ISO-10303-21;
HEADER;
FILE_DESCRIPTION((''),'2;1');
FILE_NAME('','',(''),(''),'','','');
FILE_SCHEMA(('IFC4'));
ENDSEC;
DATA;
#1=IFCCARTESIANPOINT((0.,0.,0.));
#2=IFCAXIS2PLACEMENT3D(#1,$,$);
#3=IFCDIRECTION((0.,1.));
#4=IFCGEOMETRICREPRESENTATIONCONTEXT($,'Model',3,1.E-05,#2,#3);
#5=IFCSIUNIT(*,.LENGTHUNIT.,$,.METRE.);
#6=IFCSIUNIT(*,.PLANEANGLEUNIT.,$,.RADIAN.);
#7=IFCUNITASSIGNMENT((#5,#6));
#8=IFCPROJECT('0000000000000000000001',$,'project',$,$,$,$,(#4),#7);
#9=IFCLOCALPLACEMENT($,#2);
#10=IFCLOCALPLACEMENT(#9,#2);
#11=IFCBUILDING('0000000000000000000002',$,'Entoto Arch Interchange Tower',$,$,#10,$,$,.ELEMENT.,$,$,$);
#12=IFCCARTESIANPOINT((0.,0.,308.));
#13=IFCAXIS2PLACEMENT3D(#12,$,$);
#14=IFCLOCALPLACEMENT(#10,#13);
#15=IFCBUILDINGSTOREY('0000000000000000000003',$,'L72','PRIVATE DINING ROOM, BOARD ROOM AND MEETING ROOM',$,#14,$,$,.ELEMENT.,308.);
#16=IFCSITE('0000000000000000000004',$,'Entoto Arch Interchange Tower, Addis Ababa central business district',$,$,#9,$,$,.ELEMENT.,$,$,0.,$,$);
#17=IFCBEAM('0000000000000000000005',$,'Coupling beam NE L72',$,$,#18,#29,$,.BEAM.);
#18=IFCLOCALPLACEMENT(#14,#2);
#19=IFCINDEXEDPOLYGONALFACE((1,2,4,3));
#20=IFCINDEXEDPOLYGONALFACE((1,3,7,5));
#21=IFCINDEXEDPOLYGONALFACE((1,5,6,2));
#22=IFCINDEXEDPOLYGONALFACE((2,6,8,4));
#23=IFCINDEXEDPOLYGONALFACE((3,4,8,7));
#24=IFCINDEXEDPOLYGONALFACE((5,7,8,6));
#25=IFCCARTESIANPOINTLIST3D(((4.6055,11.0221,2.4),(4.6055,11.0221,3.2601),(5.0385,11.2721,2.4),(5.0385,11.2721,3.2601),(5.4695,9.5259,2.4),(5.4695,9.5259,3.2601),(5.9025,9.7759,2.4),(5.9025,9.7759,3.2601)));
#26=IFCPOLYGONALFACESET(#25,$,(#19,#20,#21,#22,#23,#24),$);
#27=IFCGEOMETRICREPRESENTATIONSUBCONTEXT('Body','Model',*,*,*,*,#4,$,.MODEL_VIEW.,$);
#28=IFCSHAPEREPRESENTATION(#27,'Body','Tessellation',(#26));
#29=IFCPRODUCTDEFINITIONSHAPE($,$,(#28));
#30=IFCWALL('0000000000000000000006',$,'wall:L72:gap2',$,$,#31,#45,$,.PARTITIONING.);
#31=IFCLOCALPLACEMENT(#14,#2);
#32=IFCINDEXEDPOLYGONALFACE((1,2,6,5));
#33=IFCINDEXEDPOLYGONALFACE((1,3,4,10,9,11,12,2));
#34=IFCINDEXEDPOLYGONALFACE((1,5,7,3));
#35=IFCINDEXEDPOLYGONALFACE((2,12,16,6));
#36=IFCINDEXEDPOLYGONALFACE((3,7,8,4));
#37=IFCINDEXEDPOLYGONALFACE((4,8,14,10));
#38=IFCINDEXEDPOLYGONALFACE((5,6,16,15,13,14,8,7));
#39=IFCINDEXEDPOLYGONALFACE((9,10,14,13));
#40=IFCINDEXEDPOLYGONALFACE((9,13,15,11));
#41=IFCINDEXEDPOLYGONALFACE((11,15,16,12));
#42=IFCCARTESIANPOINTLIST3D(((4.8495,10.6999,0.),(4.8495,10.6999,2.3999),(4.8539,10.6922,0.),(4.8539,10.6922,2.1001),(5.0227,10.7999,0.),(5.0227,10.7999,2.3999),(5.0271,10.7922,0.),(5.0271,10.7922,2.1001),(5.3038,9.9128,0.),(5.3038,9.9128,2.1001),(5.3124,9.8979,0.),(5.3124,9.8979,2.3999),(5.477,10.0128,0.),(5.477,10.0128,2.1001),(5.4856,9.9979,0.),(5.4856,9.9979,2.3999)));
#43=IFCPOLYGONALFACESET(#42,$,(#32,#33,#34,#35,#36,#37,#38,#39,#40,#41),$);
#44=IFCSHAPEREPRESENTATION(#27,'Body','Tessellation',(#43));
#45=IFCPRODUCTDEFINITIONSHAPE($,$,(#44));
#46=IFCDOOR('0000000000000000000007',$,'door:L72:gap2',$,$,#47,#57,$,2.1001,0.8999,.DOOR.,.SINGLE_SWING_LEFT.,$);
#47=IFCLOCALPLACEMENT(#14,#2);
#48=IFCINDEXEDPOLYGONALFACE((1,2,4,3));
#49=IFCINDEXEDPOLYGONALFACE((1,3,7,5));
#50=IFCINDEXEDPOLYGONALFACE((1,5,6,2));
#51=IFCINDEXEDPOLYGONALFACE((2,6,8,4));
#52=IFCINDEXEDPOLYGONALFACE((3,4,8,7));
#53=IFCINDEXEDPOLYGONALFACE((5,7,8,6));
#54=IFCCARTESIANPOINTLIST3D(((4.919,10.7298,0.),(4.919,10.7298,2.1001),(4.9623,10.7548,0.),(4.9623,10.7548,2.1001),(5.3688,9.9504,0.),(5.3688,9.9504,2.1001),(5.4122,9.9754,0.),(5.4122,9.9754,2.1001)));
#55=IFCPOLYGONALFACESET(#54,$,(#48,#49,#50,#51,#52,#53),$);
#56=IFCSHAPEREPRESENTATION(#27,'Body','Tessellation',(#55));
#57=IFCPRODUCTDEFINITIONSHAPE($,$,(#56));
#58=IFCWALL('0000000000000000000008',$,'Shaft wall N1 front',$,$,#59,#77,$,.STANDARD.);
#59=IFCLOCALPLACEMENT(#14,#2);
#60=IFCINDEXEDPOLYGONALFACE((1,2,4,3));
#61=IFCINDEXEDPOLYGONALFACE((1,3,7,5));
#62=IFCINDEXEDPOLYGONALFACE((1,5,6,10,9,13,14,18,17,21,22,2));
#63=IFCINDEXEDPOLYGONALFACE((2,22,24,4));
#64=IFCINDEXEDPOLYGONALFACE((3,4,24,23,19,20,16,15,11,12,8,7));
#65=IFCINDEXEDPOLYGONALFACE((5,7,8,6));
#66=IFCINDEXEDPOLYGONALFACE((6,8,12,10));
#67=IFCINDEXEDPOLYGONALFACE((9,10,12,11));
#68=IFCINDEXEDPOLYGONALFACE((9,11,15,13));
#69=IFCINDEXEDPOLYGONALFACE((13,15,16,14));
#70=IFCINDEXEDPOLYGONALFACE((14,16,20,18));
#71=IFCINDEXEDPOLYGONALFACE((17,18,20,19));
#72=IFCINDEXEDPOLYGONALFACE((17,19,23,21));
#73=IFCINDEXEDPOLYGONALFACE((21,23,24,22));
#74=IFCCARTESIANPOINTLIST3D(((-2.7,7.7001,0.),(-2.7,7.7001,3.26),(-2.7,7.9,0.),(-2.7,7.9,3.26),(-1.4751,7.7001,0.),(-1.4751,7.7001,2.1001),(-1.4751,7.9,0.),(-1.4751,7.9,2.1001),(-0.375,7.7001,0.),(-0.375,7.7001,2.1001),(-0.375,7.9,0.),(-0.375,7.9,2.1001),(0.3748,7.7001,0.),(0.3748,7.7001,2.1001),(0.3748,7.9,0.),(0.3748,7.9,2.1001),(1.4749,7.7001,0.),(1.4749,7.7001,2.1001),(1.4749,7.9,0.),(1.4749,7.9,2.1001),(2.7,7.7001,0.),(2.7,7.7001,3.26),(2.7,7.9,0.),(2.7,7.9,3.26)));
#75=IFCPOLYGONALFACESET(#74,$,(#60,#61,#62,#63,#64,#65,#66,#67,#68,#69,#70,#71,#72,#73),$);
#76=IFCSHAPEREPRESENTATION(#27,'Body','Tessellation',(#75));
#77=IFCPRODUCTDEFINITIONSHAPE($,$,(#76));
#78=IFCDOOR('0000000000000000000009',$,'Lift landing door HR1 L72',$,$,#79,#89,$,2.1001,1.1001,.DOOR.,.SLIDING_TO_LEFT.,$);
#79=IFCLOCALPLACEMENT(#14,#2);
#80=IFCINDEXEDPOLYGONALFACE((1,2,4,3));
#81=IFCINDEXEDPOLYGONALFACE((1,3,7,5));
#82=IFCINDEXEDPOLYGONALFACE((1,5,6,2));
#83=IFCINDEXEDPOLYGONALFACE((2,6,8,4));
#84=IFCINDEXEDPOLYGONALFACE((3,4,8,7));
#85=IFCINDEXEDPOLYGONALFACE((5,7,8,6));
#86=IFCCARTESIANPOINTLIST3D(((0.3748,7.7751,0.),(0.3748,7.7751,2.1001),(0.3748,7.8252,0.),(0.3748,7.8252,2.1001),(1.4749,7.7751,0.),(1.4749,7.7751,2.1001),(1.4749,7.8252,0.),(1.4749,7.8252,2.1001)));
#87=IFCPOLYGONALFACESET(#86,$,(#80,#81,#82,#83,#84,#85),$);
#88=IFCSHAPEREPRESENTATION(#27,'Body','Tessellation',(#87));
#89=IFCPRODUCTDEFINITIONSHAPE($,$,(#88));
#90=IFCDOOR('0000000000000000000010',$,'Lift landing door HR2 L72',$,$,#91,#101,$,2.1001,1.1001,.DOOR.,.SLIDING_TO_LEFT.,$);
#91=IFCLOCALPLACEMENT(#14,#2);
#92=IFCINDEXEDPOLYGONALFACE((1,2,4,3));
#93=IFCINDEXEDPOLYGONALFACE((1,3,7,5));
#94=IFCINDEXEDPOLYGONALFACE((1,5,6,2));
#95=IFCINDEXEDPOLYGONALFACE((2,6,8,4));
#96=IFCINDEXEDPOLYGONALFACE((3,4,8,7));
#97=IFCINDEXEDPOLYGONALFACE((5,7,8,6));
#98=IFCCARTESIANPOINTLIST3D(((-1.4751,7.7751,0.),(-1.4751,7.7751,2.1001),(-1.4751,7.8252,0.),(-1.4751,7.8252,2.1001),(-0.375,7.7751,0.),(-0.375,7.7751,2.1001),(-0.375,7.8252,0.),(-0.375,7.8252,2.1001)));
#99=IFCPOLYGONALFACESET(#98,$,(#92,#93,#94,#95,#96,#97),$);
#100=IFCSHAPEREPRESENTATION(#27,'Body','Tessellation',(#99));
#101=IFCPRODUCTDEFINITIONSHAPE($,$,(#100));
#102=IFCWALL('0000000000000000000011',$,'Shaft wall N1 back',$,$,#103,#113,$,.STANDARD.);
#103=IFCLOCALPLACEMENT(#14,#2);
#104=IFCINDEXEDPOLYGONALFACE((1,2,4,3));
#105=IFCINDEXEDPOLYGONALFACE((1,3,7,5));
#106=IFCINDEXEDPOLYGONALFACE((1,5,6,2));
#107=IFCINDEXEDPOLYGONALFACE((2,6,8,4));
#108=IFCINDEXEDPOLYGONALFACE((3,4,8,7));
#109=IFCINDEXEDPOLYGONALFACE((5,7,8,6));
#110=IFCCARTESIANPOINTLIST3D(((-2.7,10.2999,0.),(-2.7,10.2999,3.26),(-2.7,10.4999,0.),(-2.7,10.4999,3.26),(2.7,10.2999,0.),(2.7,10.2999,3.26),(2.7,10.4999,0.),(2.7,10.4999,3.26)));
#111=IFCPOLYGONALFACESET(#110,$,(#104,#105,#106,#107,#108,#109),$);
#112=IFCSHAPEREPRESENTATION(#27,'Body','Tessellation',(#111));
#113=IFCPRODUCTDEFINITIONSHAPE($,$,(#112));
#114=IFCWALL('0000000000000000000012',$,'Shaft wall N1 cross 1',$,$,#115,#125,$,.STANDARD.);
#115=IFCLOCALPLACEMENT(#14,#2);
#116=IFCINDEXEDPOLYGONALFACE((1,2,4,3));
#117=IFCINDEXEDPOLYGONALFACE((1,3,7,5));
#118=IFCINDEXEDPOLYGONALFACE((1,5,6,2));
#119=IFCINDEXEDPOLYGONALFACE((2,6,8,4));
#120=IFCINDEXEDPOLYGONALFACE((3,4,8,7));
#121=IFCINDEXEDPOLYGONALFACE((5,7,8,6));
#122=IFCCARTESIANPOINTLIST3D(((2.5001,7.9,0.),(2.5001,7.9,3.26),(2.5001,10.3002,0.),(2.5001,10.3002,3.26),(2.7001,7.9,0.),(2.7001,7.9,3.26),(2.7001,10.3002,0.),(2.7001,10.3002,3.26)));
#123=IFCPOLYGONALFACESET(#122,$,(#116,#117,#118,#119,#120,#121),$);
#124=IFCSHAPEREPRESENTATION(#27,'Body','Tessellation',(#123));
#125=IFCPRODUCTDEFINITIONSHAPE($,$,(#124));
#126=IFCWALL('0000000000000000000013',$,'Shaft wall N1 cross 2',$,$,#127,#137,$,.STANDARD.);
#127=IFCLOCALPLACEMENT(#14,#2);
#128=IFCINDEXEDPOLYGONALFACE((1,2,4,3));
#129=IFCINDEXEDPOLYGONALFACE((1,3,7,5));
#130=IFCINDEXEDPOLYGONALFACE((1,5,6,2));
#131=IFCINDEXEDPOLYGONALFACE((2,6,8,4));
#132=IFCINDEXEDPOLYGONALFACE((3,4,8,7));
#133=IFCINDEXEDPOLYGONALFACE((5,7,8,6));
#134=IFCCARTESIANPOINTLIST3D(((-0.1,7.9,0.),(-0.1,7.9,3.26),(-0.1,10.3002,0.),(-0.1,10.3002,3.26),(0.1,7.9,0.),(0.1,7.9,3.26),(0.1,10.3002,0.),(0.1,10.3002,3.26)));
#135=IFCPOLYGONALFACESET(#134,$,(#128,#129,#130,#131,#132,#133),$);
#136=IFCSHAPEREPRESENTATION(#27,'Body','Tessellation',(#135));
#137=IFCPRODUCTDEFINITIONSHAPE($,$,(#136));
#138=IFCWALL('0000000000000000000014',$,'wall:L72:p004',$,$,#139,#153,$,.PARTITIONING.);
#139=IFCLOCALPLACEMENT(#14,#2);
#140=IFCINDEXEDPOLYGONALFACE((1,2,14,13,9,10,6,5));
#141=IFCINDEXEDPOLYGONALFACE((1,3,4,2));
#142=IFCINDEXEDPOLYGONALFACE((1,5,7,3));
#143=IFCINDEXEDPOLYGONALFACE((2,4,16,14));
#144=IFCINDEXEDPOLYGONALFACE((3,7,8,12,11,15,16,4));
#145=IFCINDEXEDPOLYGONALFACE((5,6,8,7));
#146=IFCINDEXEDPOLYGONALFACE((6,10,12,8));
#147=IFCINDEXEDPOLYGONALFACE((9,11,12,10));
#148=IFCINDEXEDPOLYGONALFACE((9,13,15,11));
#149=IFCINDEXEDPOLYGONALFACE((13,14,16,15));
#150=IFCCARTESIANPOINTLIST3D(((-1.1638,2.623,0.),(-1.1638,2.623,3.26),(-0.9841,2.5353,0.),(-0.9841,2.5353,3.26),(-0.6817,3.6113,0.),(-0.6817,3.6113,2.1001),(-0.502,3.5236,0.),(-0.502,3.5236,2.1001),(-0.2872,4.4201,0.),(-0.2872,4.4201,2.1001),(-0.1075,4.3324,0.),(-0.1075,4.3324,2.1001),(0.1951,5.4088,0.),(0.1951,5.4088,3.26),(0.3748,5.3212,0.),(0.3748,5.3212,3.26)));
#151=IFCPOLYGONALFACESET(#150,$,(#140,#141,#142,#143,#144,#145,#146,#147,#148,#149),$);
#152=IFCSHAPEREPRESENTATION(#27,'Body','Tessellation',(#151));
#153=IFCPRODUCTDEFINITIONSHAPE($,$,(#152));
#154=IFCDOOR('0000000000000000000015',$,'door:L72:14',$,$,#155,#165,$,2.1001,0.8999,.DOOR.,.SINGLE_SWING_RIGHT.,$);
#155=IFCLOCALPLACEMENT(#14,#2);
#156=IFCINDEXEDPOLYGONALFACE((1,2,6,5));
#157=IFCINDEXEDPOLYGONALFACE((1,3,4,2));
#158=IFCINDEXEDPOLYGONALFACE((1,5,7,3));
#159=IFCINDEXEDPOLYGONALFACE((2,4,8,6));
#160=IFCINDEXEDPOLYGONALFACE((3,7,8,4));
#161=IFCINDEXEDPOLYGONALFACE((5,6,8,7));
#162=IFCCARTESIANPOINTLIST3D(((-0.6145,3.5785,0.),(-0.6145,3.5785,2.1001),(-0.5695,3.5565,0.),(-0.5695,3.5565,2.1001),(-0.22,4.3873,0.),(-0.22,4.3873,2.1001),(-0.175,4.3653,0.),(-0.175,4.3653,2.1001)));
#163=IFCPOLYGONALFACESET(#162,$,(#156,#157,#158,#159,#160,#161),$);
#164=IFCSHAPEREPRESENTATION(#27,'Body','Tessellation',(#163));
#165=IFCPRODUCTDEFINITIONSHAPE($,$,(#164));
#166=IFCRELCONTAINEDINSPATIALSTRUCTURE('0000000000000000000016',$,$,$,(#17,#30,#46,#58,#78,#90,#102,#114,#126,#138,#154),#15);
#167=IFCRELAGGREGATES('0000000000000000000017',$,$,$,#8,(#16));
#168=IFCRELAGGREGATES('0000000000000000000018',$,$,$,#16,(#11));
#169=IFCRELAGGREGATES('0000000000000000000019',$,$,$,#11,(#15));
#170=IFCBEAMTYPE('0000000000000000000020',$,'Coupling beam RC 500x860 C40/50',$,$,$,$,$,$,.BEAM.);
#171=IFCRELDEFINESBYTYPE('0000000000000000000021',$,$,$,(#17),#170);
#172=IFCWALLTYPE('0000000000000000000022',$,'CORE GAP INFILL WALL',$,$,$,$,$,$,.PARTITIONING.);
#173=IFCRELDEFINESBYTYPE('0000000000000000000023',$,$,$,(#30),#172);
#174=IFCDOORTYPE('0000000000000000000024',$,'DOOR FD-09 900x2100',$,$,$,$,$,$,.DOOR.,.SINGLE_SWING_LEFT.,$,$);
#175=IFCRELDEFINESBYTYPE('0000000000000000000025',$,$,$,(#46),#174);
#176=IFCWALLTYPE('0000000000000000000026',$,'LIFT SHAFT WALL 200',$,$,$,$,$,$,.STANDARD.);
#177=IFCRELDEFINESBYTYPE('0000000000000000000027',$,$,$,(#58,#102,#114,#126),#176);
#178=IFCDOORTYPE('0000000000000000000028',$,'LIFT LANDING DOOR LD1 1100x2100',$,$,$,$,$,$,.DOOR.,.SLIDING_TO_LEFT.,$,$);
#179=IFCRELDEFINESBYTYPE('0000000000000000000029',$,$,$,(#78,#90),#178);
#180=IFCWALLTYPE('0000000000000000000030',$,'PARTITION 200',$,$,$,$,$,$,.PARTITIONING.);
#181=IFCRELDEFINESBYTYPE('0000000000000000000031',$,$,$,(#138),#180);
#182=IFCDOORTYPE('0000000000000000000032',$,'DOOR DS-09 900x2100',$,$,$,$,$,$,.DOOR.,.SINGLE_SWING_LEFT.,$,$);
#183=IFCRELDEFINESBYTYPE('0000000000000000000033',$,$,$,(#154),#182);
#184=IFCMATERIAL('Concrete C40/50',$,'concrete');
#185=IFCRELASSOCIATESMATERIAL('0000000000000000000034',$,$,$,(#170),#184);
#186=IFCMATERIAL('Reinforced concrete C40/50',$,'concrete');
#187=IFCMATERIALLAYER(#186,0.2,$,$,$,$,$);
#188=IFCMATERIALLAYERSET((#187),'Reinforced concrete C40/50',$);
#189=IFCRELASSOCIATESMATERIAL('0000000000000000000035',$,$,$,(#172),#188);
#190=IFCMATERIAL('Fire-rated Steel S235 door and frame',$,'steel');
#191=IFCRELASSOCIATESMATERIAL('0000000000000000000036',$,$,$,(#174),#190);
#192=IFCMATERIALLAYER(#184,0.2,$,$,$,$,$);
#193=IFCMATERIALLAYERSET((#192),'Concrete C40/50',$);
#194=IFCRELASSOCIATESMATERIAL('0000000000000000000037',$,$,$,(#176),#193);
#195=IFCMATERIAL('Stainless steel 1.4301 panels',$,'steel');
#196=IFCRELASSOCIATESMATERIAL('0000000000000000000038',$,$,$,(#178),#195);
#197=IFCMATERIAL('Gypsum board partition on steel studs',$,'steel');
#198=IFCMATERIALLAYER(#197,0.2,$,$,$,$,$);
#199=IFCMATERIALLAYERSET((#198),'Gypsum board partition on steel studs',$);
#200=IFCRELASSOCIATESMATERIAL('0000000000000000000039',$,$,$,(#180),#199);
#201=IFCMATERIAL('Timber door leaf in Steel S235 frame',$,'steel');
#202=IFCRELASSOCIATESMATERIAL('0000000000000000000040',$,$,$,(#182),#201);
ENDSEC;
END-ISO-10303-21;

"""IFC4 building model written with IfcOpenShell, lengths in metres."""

from ifc_helpers import new_model, si_unit, direction, frame, frame_2d, origin, origin_2d, place, context, subcontext, project, spatial, rectangle, extrude, material, layer, layer_set, material_profile, profile_set, type_object, element, fill, save


model = new_model("IFC4")

# Units and contexts
model_context = context("Model", 3, precision=1e-05, world=origin(), true_north=direction((0.0, 1.0)))
body_context = subcontext(model_context, "Body", "Model", "MODEL_VIEW")
ifc_project = project(units=[si_unit("LENGTHUNIT", "METRE"), si_unit("PLANEANGLEUNIT", "RADIAN")], contexts=[model_context])

# Site, building, storey
site_placement = place(None, origin())
site = spatial("IfcSite", under=ifc_project, at=site_placement, Name="Entoto Arch Interchange Tower, Addis Ababa central business district", CompositionType="ELEMENT", RefElevation=0.0)
building_placement = place(site_placement, origin())
building = spatial("IfcBuilding", under=site, at=building_placement, Name="Entoto Arch Interchange Tower", CompositionType="ELEMENT")
storey_placement = place(building_placement, frame((0.0, 0.0, 308.0)))
storey = spatial("IfcBuildingStorey", under=building, at=storey_placement, Name="L72", Description="PRIVATE DINING ROOM, BOARD ROOM AND MEETING ROOM", CompositionType="ELEMENT", Elevation=308.0)

# Beam
ifc_material_1 = material(Name="Concrete C40/50", Category="concrete")
ifc_material_profile = material_profile(ifc_material_1, rectangle(XDim=0.5, YDim=0.8601, at=origin_2d()))
ifc_profile_set = profile_set([ifc_material_profile], Name="Concrete C40/50")
beam_type = type_object("IfcBeamType", Name="Coupling beam RC 500x860 C40/50", PredefinedType="BEAM", material=ifc_profile_set)
beam_placement = place(storey_placement, frame((5.686, 9.6509, 2.8301), z_axis=(-0.500106, 0.865964, 0.0), x_axis=(-0.865964, -0.500106, 0.0)))
element("IfcBeam", 1, at=beam_placement, inside=storey, type_object=beam_type, Name="Coupling beam NE L72", PredefinedType="BEAM", context=body_context, shape_type="SweptSolid", body=[
    extrude(rectangle(XDim=0.5, YDim=0.8601, at=origin_2d()), origin(), (0.0, 0.0, 1.0), 1.7278),
])

# Wall, opening, door
ifc_material_2 = material(Name="Reinforced concrete C40/50", Category="concrete")
ifc_layer_1 = layer(ifc_material_2, 0.2)
ifc_layer_set_1 = layer_set([ifc_layer_1], Name="Reinforced concrete C40/50")
wall_type_1 = type_object("IfcWallType", Name="CORE GAP INFILL WALL", PredefinedType="PARTITIONING", material=ifc_layer_set_1)
wall_1_placement = place(storey_placement, frame((5.3989, 9.948, 0.0), z_axis=(0.0, 0.0, 1.0), x_axis=(-0.499882, 0.866093, 0.0)))
wall_1 = element("IfcWall", 2, at=wall_1_placement, inside=storey, type_object=wall_type_1, Name="wall:L72:gap2", PredefinedType="PARTITIONING", context=body_context, shape_type="SweptSolid", body=[
    extrude(rectangle(XDim=0.926, YDim=0.2, at=frame_2d((0.4629, 0.0))), origin(), (0.0, 0.0, 1.0), 2.3999),
])
opening_1_placement = place(wall_1_placement, frame((0.0171, 0.0, 0.0)))
opening_1 = element("IfcOpeningElement", 3, at=opening_1_placement, cuts=wall_1, PredefinedType="OPENING", context=body_context, shape_type="SweptSolid", body=[
    extrude(rectangle(XDim=0.8999, YDim=2.1001, at=frame_2d((0.45, 1.05))), frame((0.0, 0.1099, 0.0), z_axis=(0.0, -1.0, 0.0), x_axis=(1.0, 0.0, 0.0)), (0.0, 0.0, 1.0), 0.22),
])
ifc_material_3 = material(Name="Fire-rated Steel S235 door and frame", Category="steel")
door_type_1 = type_object("IfcDoorType", Name="DOOR FD-09 900x2100", OperationType="SINGLE_SWING_LEFT", PredefinedType="DOOR", material=ifc_material_3)
door_1_placement = place(opening_1_placement, origin())
door_1 = element("IfcDoor", 4, at=door_1_placement, inside=storey, type_object=door_type_1, Name="door:L72:gap2", OperationType="SINGLE_SWING_LEFT", OverallHeight=2.1001, OverallWidth=0.8999, PredefinedType="DOOR", context=body_context, shape_type="SweptSolid", body=[
    extrude(rectangle(XDim=0.8999, YDim=2.1001, at=frame_2d((0.45, 1.05))), frame((0.0, 0.0249, 0.0), z_axis=(0.0, -1.0, 0.0), x_axis=(1.0, 0.0, 0.0)), (0.0, 0.0, 1.0), 0.05),
])
fill(opening_1, door_1)

# Wall, openings, doors
ifc_layer_2 = layer(ifc_material_1, 0.2)
ifc_layer_set_2 = layer_set([ifc_layer_2], Name="Concrete C40/50")
wall_type_2 = type_object("IfcWallType", Name="LIFT SHAFT WALL 200", PredefinedType="STANDARD", material=ifc_layer_set_2)
wall_2_placement = place(storey_placement, frame((2.7, 7.8, 0.0), z_axis=(0.0, 0.0, 1.0), x_axis=(-1.0, 0.0, 0.0)))
wall_2 = element("IfcWall", 5, at=wall_2_placement, inside=storey, type_object=wall_type_2, Name="Shaft wall N1 front", PredefinedType="STANDARD", context=body_context, shape_type="SweptSolid", body=[
    extrude(rectangle(XDim=5.3999, YDim=0.2, at=frame_2d((2.7, 0.0))), origin(), (0.0, 0.0, 1.0), 3.26),
])
opening_2_placement = place(wall_2_placement, frame((1.2251, 0.0, 0.0)))
opening_2 = element("IfcOpeningElement", 6, at=opening_2_placement, cuts=wall_2, PredefinedType="OPENING", context=body_context, shape_type="SweptSolid", body=[
    extrude(rectangle(XDim=1.1001, YDim=2.1001, at=frame_2d((0.55, 1.05))), frame((0.0, 0.1099, 0.0), z_axis=(0.0, -1.0, 0.0), x_axis=(1.0, 0.0, 0.0)), (0.0, 0.0, 1.0), 0.22),
])
opening_3_placement = place(wall_2_placement, frame((3.075, 0.0, 0.0)))
opening_3 = element("IfcOpeningElement", 7, at=opening_3_placement, cuts=wall_2, PredefinedType="OPENING", context=body_context, shape_type="SweptSolid", body=[
    extrude(rectangle(XDim=1.1001, YDim=2.1001, at=frame_2d((0.55, 1.05))), frame((0.0, 0.1099, 0.0), z_axis=(0.0, -1.0, 0.0), x_axis=(1.0, 0.0, 0.0)), (0.0, 0.0, 1.0), 0.22),
])
ifc_material_4 = material(Name="Stainless steel 1.4301 panels", Category="steel")
door_type_2 = type_object("IfcDoorType", Name="LIFT LANDING DOOR LD1 1100x2100", OperationType="SLIDING_TO_LEFT", PredefinedType="DOOR", material=ifc_material_4)
door_2_placement = place(opening_2_placement, origin())
door_2 = element("IfcDoor", 8, at=door_2_placement, inside=storey, type_object=door_type_2, Name="Lift landing door HR1 L72", OperationType="SLIDING_TO_LEFT", OverallHeight=2.1001, OverallWidth=1.1001, PredefinedType="DOOR", context=body_context, shape_type="SweptSolid", body=[
    extrude(rectangle(XDim=1.1001, YDim=2.1001, at=frame_2d((0.55, 1.05))), frame((0.0, 0.0249, 0.0), z_axis=(0.0, -1.0, 0.0), x_axis=(1.0, 0.0, 0.0)), (0.0, 0.0, 1.0), 0.05),
])
fill(opening_2, door_2)
door_3_placement = place(opening_3_placement, origin())
door_3 = element("IfcDoor", 9, at=door_3_placement, inside=storey, type_object=door_type_2, Name="Lift landing door HR2 L72", OperationType="SLIDING_TO_LEFT", OverallHeight=2.1001, OverallWidth=1.1001, PredefinedType="DOOR", context=body_context, shape_type="SweptSolid", body=[
    extrude(rectangle(XDim=1.1001, YDim=2.1001, at=frame_2d((0.55, 1.05))), frame((0.0, 0.0249, 0.0), z_axis=(0.0, -1.0, 0.0), x_axis=(1.0, 0.0, 0.0)), (0.0, 0.0, 1.0), 0.05),
])
fill(opening_3, door_3)

# Walls
wall_3_placement = place(storey_placement, frame((2.7, 10.3999, 0.0), z_axis=(0.0, 0.0, 1.0), x_axis=(-1.0, 0.0, 0.0)))
element("IfcWall", 10, at=wall_3_placement, inside=storey, type_object=wall_type_2, Name="Shaft wall N1 back", PredefinedType="STANDARD", context=body_context, shape_type="SweptSolid", body=[
    extrude(rectangle(XDim=5.3999, YDim=0.2, at=frame_2d((2.7, 0.0))), origin(), (0.0, 0.0, 1.0), 3.26),
])
for number, where, z_axis, x_axis, name in (
    (11, (2.6001, 7.8999, 0.0), (0.0, 0.0, 1.0), (0.0, 1.0, 0.0), "Shaft wall N1 cross 1"),
    (12, (0.0, 7.8999, 0.0), (0.0, 0.0, 1.0), (0.0, 1.0, 0.0), "Shaft wall N1 cross 2"),
):
    element("IfcWall", number, at=place(storey_placement, frame(where, z_axis=z_axis, x_axis=x_axis)), inside=storey, type_object=wall_type_2, Name=name, PredefinedType="STANDARD", context=body_context, shape_type="SweptSolid", body=[
        extrude(rectangle(XDim=2.4001, YDim=0.2, at=frame_2d((1.2002, 0.0))), origin(), (0.0, 0.0, 1.0), 3.26),
    ])

# Wall, opening, door
ifc_material_5 = material(Name="Gypsum board partition on steel studs", Category="steel")
ifc_layer_3 = layer(ifc_material_5, 0.2)
ifc_layer_set_3 = layer_set([ifc_layer_3], Name="Gypsum board partition on steel studs")
wall_type_3 = type_object("IfcWallType", Name="PARTITION 200", PredefinedType="PARTITIONING", material=ifc_layer_set_3)
wall_4_placement = place(storey_placement, frame((0.2849, 5.365, 0.0), z_axis=(0.0, 0.0, 1.0), x_axis=(-0.438402, -0.898779, 0.0)))
wall_4 = element("IfcWall", 13, at=wall_4_placement, inside=storey, type_object=wall_type_3, Name="wall:L72:p004", PredefinedType="PARTITIONING", context=body_context, shape_type="SweptSolid", body=[
    extrude(rectangle(XDim=3.0996, YDim=0.2, at=frame_2d((1.5498, 0.0))), origin(), (0.0, 0.0, 1.0), 3.26),
])
opening_4_placement = place(wall_4_placement, frame((1.1001, 0.0, 0.0)))
opening_4 = element("IfcOpeningElement", 14, at=opening_4_placement, cuts=wall_4, PredefinedType="OPENING", context=body_context, shape_type="SweptSolid", body=[
    extrude(rectangle(XDim=0.8999, YDim=2.1001, at=frame_2d((0.45, 1.05))), frame((0.0, 0.1099, 0.0), z_axis=(0.0, -1.0, 0.0), x_axis=(1.0, 0.0, 0.0)), (0.0, 0.0, 1.0), 0.22),
])
ifc_material_6 = material(Name="Timber door leaf in Steel S235 frame", Category="steel")
door_type_3 = type_object("IfcDoorType", Name="DOOR DS-09 900x2100", OperationType="SINGLE_SWING_LEFT", PredefinedType="DOOR", material=ifc_material_6)
door_4_placement = place(opening_4_placement, origin())
door_4 = element("IfcDoor", 15, at=door_4_placement, inside=storey, type_object=door_type_3, Name="door:L72:14", OperationType="SINGLE_SWING_RIGHT", OverallHeight=2.1001, OverallWidth=0.8999, PredefinedType="DOOR", context=body_context, shape_type="SweptSolid", body=[
    extrude(rectangle(XDim=0.8999, YDim=2.1001, at=frame_2d((0.45, 1.05))), frame((0.0, 0.0249, 0.0), z_axis=(0.0, -1.0, 0.0), x_axis=(1.0, 0.0, 0.0)), (0.0, 0.0, 1.0), 0.05),
])
fill(opening_4, door_4)

save(model, "model.ifc")
